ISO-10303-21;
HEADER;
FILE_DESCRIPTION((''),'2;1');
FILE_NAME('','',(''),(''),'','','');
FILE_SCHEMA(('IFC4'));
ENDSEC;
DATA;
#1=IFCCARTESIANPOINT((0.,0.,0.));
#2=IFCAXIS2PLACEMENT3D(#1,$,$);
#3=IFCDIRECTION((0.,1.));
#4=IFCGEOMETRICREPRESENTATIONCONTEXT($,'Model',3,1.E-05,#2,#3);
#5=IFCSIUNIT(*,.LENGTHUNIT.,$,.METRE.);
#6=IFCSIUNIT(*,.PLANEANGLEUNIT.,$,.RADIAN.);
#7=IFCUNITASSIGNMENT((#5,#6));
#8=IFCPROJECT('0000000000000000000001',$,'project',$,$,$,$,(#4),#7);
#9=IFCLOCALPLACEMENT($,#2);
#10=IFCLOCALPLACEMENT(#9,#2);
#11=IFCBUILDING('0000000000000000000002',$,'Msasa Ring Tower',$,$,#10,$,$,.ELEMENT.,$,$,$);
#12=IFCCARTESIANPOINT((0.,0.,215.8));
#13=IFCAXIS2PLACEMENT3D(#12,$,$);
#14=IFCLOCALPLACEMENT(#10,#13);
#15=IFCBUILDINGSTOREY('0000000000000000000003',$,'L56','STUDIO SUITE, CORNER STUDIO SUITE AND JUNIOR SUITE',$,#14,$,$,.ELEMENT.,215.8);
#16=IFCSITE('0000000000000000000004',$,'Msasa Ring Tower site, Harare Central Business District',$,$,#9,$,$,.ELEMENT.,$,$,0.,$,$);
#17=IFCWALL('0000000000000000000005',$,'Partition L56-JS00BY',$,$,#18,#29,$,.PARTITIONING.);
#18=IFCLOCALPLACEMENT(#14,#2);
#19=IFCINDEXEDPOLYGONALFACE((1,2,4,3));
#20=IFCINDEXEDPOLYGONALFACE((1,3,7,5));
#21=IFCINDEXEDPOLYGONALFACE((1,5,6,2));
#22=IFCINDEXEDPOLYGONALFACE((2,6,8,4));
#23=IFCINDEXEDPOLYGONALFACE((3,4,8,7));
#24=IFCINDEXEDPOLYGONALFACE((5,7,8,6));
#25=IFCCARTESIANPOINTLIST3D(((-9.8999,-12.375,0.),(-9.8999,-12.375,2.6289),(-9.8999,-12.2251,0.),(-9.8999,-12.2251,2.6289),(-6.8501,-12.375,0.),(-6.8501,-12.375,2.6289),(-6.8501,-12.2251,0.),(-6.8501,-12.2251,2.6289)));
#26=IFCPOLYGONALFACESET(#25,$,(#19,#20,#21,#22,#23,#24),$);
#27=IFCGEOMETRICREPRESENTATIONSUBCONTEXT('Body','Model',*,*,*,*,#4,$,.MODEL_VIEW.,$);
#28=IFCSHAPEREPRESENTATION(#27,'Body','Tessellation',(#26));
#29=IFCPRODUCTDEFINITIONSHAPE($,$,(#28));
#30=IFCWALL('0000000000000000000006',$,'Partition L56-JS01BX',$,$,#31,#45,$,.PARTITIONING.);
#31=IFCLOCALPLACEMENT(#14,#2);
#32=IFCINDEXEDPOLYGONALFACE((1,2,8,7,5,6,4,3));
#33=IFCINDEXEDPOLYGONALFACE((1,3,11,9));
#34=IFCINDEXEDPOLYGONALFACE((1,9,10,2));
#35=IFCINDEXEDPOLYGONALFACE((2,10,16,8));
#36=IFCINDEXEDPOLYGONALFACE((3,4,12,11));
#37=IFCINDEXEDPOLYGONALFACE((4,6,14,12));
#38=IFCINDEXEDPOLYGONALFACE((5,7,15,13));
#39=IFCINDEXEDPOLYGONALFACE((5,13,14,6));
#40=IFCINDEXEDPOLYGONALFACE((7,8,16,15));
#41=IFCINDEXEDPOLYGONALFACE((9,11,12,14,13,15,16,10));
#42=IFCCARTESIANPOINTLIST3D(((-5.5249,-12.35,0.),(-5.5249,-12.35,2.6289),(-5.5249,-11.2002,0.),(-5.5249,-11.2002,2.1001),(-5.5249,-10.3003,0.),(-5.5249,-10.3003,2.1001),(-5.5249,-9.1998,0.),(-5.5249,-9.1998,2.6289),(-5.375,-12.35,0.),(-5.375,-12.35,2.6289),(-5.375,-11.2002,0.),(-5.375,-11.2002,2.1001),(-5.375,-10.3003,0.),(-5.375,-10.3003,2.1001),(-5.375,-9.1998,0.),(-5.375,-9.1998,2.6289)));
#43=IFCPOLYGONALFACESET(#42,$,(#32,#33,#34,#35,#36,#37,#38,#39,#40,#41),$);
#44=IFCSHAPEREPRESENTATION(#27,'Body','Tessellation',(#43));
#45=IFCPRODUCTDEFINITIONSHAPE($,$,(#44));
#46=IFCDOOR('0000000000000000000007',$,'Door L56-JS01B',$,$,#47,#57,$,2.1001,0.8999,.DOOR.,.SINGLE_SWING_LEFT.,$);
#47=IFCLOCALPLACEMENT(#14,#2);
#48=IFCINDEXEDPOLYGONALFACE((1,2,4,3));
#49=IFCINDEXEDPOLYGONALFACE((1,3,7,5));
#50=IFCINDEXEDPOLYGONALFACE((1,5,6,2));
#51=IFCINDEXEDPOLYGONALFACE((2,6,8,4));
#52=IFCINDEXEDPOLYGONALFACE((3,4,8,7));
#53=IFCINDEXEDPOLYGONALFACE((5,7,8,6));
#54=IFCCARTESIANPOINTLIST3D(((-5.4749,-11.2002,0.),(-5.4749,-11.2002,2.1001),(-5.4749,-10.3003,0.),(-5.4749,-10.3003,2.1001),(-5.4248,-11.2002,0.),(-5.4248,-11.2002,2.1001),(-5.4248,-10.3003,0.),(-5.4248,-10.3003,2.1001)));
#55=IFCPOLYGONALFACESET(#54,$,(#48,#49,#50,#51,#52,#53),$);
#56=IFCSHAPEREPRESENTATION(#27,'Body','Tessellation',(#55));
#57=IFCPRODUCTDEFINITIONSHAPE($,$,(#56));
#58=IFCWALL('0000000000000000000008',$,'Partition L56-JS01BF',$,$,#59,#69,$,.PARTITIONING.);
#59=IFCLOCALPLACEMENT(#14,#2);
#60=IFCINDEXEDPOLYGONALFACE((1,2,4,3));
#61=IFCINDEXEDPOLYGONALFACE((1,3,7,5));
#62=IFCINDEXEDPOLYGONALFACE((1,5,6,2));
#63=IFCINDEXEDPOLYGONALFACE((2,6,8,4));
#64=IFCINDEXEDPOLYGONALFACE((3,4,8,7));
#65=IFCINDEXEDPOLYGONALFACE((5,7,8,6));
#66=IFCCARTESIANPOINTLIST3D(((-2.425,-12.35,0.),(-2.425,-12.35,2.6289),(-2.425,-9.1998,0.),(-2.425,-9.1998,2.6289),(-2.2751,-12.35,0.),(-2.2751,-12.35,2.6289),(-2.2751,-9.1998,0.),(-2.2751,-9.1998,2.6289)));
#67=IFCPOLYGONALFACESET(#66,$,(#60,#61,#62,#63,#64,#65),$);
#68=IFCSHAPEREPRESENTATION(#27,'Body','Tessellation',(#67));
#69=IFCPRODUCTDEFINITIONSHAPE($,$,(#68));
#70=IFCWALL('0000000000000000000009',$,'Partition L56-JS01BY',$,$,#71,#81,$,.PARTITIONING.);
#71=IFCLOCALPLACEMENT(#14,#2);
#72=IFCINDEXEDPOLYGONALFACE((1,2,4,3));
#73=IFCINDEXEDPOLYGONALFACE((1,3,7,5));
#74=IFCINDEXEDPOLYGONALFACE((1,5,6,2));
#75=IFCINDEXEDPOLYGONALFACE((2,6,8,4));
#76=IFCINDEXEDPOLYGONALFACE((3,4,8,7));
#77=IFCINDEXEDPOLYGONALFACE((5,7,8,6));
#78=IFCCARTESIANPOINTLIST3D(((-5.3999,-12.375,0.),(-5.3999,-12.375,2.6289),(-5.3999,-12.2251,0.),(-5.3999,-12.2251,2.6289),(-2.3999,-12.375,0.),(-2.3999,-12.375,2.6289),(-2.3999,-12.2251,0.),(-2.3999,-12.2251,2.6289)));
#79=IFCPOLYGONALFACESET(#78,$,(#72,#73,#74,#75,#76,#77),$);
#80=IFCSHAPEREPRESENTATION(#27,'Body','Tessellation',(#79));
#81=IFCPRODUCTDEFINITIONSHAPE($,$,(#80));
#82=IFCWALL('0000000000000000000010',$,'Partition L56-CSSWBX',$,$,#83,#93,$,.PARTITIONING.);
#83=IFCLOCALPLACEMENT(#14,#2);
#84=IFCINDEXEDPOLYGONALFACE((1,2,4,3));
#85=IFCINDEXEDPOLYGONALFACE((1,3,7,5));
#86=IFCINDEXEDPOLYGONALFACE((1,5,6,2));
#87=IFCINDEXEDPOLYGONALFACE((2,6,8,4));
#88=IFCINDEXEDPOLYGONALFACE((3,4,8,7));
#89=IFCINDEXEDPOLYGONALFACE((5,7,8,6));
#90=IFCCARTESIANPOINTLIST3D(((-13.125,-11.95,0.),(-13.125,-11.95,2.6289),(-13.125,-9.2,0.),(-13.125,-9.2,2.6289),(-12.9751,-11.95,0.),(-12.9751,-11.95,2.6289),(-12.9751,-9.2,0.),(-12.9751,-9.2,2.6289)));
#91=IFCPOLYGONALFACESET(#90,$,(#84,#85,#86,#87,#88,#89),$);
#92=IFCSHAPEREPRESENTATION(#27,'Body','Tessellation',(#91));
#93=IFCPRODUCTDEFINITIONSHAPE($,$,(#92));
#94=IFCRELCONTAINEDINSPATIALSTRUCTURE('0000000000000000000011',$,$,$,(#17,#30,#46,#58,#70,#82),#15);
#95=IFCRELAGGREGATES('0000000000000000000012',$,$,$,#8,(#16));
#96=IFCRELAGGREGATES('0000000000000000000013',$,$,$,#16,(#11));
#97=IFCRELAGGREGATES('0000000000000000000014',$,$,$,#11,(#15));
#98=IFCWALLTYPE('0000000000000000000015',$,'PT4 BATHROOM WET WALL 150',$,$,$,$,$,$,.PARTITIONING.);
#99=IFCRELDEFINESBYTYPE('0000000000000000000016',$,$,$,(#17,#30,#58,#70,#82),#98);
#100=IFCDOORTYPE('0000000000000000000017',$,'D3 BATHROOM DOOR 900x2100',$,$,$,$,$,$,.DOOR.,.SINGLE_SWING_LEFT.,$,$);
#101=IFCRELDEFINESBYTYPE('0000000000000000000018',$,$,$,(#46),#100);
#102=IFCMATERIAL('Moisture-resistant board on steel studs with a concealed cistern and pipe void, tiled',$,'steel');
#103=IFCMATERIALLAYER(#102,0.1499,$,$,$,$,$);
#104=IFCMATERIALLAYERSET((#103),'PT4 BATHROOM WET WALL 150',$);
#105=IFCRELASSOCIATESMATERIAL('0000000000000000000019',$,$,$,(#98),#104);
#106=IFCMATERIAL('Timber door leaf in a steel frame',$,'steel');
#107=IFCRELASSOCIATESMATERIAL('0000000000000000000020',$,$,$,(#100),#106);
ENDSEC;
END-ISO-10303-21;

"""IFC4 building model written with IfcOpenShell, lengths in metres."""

from ifc_helpers import new_model, si_unit, direction, frame, frame_2d, origin, place, context, subcontext, project, spatial, rectangle, extrude, material, layer, layer_set, type_object, element, fill, save


model = new_model("IFC4")

# Units and contexts
model_context = context("Model", 3, precision=1e-05, world=origin(), true_north=direction((0.0, 1.0)))
body_context = subcontext(model_context, "Body", "Model", "MODEL_VIEW")
ifc_project = project(units=[si_unit("LENGTHUNIT", "METRE"), si_unit("PLANEANGLEUNIT", "RADIAN")], contexts=[model_context])

# Site, building, storey
site_placement = place(None, origin())
site = spatial("IfcSite", under=ifc_project, at=site_placement, Name="Msasa Ring Tower site, Harare Central Business District", CompositionType="ELEMENT", RefElevation=0.0)
building_placement = place(site_placement, origin())
building = spatial("IfcBuilding", under=site, at=building_placement, Name="Msasa Ring Tower", CompositionType="ELEMENT")
storey_placement = place(building_placement, frame((0.0, 0.0, 215.8)))
storey = spatial("IfcBuildingStorey", under=building, at=storey_placement, Name="L56", Description="STUDIO SUITE, CORNER STUDIO SUITE AND JUNIOR SUITE", CompositionType="ELEMENT", Elevation=215.8)

# Shared definitions
ifc_material_1 = material(Name="Moisture-resistant board on steel studs with a concealed cistern and pipe void, tiled", Category="steel")
ifc_layer_1 = layer(ifc_material_1, 0.1499)
ifc_layer_set_1 = layer_set([ifc_layer_1], Name="PT4 BATHROOM WET WALL 150")
wall_type_1 = type_object("IfcWallType", Name="PT4 BATHROOM WET WALL 150", PredefinedType="PARTITIONING", material=ifc_layer_set_1)
ifc_material_2 = material(Name="Timber door leaf in a steel frame", Category="steel")
door_type = type_object("IfcDoorType", Name="D3 BATHROOM DOOR 900x2100", OperationType="SINGLE_SWING_LEFT", PredefinedType="DOOR", material=ifc_material_2)

# Wall
wall_1_placement = place(storey_placement, frame((-9.8999, -12.3, 0.0), z_axis=(0.0, 0.0, 1.0), x_axis=(1.0, 0.0, 0.0)))
element("IfcWall", 1, at=wall_1_placement, inside=storey, type_object=wall_type_1, Name="Partition L56-JS00BY", PredefinedType="PARTITIONING", context=body_context, shape_type="SweptSolid", body=[
    extrude(rectangle(XDim=3.0498, YDim=0.1499, at=frame_2d((1.5249, 0.0))), origin(), (0.0, 0.0, 1.0), 2.6289),
])

# Wall, opening, door
wall_2_placement = place(storey_placement, frame((-5.45, -12.3501, 0.0), z_axis=(0.0, 0.0, 1.0), x_axis=(0.0, 1.0, 0.0)))
wall_2 = element("IfcWall", 2, at=wall_2_placement, inside=storey, type_object=wall_type_1, Name="Partition L56-JS01BX", PredefinedType="PARTITIONING", context=body_context, shape_type="SweptSolid", body=[
    extrude(rectangle(XDim=3.1501, YDim=0.1499, at=frame_2d((1.5752, 0.0))), origin(), (0.0, 0.0, 1.0), 2.6289),
])
opening_1_placement = place(wall_2_placement, frame((1.1499, 0.0, 0.0)))
opening_1 = element("IfcOpeningElement", 3, at=opening_1_placement, cuts=wall_2, PredefinedType="OPENING", context=body_context, shape_type="SweptSolid", body=[
    extrude(rectangle(XDim=0.8999, YDim=2.1001, at=frame_2d((0.45, 1.05))), frame((0.0, 0.085, 0.0), z_axis=(0.0, -1.0, 0.0), x_axis=(1.0, 0.0, 0.0)), (0.0, 0.0, 1.0), 0.1699),
])
door_1_placement = place(opening_1_placement, origin())
door_1 = element("IfcDoor", 4, at=door_1_placement, inside=storey, type_object=door_type, Name="Door L56-JS01B", OperationType="SINGLE_SWING_LEFT", OverallHeight=2.1001, OverallWidth=0.8999, PredefinedType="DOOR", context=body_context, shape_type="SweptSolid", body=[
    extrude(rectangle(XDim=0.8999, YDim=2.1001, at=frame_2d((0.45, 1.05))), frame((0.0, 0.0249, 0.0), z_axis=(0.0, -1.0, 0.0), x_axis=(1.0, 0.0, 0.0)), (0.0, 0.0, 1.0), 0.05),
])
fill(opening_1, door_1)

# Walls
wall_3_placement = place(storey_placement, frame((-2.3501, -12.3501, 0.0), z_axis=(0.0, 0.0, 1.0), x_axis=(0.0, 1.0, 0.0)))
element("IfcWall", 5, at=wall_3_placement, inside=storey, type_object=wall_type_1, Name="Partition L56-JS01BF", PredefinedType="PARTITIONING", context=body_context, shape_type="SweptSolid", body=[
    extrude(rectangle(XDim=3.1501, YDim=0.1499, at=frame_2d((1.5752, 0.0))), origin(), (0.0, 0.0, 1.0), 2.6289),
])
wall_4_placement = place(storey_placement, frame((-5.3999, -12.3, 0.0), z_axis=(0.0, 0.0, 1.0), x_axis=(1.0, 0.0, 0.0)))
element("IfcWall", 6, at=wall_4_placement, inside=storey, type_object=wall_type_1, Name="Partition L56-JS01BY", PredefinedType="PARTITIONING", context=body_context, shape_type="SweptSolid", body=[
    extrude(rectangle(XDim=3.0, YDim=0.1499, at=frame_2d((1.5, 0.0))), origin(), (0.0, 0.0, 1.0), 2.6289),
])
wall_5_placement = place(storey_placement, frame((-13.05, -11.95, 0.0), z_axis=(0.0, 0.0, 1.0), x_axis=(0.0, 1.0, 0.0)))
element("IfcWall", 7, at=wall_5_placement, inside=storey, type_object=wall_type_1, Name="Partition L56-CSSWBX", PredefinedType="PARTITIONING", context=body_context, shape_type="SweptSolid", body=[
    extrude(rectangle(XDim=2.75, YDim=0.1499, at=frame_2d((1.375, 0.0))), origin(), (0.0, 0.0, 1.0), 2.6289),
])

save(model, "model.ifc")
